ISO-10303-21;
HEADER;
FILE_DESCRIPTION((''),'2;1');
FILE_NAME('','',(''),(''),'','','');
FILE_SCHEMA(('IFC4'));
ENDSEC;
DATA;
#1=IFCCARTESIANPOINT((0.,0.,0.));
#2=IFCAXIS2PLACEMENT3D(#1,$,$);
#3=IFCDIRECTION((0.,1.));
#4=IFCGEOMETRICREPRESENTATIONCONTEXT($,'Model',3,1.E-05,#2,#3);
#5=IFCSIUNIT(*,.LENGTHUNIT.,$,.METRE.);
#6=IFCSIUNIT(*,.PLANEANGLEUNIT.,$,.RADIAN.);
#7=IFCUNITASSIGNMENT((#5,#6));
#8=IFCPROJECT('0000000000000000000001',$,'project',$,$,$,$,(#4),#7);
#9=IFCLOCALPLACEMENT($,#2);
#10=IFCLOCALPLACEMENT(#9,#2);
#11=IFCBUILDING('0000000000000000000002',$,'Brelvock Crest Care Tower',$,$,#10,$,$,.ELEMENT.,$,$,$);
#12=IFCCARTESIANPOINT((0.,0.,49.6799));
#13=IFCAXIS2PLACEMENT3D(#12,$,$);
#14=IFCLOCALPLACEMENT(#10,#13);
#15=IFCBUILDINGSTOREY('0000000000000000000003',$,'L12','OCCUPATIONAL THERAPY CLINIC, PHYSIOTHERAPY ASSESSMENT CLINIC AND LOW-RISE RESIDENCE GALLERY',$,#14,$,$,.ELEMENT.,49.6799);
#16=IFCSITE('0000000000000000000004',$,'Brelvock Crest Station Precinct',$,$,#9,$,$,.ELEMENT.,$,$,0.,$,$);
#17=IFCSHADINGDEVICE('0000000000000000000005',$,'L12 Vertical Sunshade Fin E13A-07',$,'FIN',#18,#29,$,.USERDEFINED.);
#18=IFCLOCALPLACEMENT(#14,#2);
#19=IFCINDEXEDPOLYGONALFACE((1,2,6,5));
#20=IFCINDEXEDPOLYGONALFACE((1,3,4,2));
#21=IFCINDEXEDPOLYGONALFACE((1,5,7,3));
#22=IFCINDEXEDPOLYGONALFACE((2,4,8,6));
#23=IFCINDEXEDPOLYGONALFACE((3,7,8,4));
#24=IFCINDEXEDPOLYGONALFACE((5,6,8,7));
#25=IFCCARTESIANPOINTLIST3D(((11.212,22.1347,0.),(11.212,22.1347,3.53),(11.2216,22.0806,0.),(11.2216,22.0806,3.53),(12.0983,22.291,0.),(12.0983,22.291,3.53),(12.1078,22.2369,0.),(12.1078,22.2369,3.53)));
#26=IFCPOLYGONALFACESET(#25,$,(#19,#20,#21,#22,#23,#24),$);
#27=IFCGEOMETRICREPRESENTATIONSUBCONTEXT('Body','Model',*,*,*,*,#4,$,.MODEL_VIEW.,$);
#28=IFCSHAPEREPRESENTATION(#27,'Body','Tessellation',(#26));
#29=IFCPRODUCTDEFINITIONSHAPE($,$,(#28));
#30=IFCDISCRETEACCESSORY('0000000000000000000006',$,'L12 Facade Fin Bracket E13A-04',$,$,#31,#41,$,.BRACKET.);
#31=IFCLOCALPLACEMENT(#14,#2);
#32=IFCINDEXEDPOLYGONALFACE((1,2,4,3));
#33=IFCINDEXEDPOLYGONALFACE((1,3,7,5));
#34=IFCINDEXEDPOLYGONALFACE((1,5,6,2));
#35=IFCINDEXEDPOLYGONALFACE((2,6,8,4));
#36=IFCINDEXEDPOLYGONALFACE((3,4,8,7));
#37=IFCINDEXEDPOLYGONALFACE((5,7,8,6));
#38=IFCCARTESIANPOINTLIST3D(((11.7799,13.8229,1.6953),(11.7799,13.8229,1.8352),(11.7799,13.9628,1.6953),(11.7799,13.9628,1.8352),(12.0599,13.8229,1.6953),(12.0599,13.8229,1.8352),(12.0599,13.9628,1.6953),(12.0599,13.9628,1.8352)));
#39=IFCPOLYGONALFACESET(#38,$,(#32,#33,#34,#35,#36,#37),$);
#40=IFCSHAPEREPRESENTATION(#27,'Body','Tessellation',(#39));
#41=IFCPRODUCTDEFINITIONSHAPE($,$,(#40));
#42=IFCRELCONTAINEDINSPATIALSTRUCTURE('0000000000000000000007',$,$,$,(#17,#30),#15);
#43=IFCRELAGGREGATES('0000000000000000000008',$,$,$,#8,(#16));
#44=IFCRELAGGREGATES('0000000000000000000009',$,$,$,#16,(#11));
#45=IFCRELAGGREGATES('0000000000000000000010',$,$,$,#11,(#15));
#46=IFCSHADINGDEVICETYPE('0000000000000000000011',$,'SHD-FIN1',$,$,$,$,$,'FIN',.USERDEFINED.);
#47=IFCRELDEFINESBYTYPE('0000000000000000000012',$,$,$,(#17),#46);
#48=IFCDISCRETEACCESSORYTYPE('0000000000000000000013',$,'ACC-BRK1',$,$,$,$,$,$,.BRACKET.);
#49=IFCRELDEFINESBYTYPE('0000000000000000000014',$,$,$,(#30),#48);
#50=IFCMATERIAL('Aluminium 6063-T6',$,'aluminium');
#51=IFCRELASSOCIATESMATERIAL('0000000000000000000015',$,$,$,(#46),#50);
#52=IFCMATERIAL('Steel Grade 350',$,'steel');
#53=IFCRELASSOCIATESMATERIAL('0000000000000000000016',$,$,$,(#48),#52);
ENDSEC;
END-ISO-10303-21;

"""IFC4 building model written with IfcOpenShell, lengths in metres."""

from ifc_helpers import new_model, si_unit, direction, frame, origin, origin_2d, place, context, subcontext, project, spatial, rectangle, extrude, source, transform, mapped, material, material_profile, profile_set, type_object, element, save


model = new_model("IFC4")

# Units and contexts
model_context = context("Model", 3, precision=1e-05, world=origin(), true_north=direction((0.0, 1.0)))
body_context = subcontext(model_context, "Body", "Model", "MODEL_VIEW")
ifc_project = project(units=[si_unit("LENGTHUNIT", "METRE"), si_unit("PLANEANGLEUNIT", "RADIAN")], contexts=[model_context])

# Site, building, storey
site_placement = place(None, origin())
site = spatial("IfcSite", under=ifc_project, at=site_placement, Name="Brelvock Crest Station Precinct", CompositionType="ELEMENT", RefElevation=0.0)
building_placement = place(site_placement, origin())
building = spatial("IfcBuilding", under=site, at=building_placement, Name="Brelvock Crest Care Tower", CompositionType="ELEMENT")
storey_placement = place(building_placement, frame((0.0, 0.0, 49.6799)))
storey = spatial("IfcBuildingStorey", under=building, at=storey_placement, Name="L12", Description="OCCUPATIONAL THERAPY CLINIC, PHYSIOTHERAPY ASSESSMENT CLINIC AND LOW-RISE RESIDENCE GALLERY", CompositionType="ELEMENT", Elevation=49.6799)

# Shared definitions
ifc_material_1 = material(Name="Steel Grade 350", Category="steel")

# Shared definitions
ifc_material_2 = material(Name="Aluminium 6063-T6", Category="aluminium")

# Shading device
ifc_material_profile_1 = material_profile(ifc_material_2, rectangle(XDim=0.0549, YDim=0.8999, at=origin_2d()), Name="FIN55x900")
ifc_profile_set_1 = profile_set([ifc_material_profile_1], Name="Aluminium 6063-T6")
shading_device_type = type_object("IfcShadingDeviceType", Name="SHD-FIN1", ElementType="FIN", PredefinedType="USERDEFINED", material=ifc_profile_set_1)
shared_shape_1 = source(origin(), body_context, "Body", "SweptSolid", [
    extrude(rectangle(XDim=0.0549, YDim=0.8999, at=origin_2d()), origin(), (0.0, 0.0, 1.0), 3.53),
])
for number, where, z_axis, x_axis, name in (
    (1, (11.6599, 22.1858, 0.0), (0.0, 0.0, 1.0), (-0.173648, 0.984808, 0.0), "L12 Vertical Sunshade Fin E13A-07"),
):
    element("IfcShadingDevice", number, at=place(storey_placement, frame(where, z_axis=z_axis, x_axis=x_axis)), inside=storey, type_object=shading_device_type, Name=name, ObjectType="FIN", PredefinedType="USERDEFINED", context=body_context, shape_type="MappedRepresentation", body=[
        mapped(shared_shape_1, transform((0.0, 0.0, 0.0), x_axis=(1.0, 0.0, 0.0), y_axis=(0.0, 1.0, 0.0), z_axis=(0.0, 0.0, 1.0), scale=1.0)),
    ])

# Discrete accessory
discrete_accessory_type = type_object("IfcDiscreteAccessoryType", Name="ACC-BRK1", PredefinedType="BRACKET", material=ifc_material_1)
shared_shape_2 = source(origin(), body_context, "Body", "SweptSolid", [
    extrude(rectangle(XDim=0.28, YDim=0.1399, at=origin_2d()), origin(), (0.0, 0.0, 1.0), 0.1399),
])
discrete_accessory_placement = place(storey_placement, frame((11.9199, 13.8928, 1.6953), z_axis=(0.0, 0.0, 1.0), x_axis=(-1.0, 0.0, 0.0)))
element("IfcDiscreteAccessory", 2, at=discrete_accessory_placement, inside=storey, type_object=discrete_accessory_type, Name="L12 Facade Fin Bracket E13A-04", PredefinedType="BRACKET", context=body_context, shape_type="MappedRepresentation", body=[
    mapped(shared_shape_2, transform((0.0, 0.0, 0.0), x_axis=(1.0, 0.0, 0.0), y_axis=(0.0, 1.0, 0.0), z_axis=(0.0, 0.0, 1.0), scale=1.0)),
])

save(model, "model.ifc")
